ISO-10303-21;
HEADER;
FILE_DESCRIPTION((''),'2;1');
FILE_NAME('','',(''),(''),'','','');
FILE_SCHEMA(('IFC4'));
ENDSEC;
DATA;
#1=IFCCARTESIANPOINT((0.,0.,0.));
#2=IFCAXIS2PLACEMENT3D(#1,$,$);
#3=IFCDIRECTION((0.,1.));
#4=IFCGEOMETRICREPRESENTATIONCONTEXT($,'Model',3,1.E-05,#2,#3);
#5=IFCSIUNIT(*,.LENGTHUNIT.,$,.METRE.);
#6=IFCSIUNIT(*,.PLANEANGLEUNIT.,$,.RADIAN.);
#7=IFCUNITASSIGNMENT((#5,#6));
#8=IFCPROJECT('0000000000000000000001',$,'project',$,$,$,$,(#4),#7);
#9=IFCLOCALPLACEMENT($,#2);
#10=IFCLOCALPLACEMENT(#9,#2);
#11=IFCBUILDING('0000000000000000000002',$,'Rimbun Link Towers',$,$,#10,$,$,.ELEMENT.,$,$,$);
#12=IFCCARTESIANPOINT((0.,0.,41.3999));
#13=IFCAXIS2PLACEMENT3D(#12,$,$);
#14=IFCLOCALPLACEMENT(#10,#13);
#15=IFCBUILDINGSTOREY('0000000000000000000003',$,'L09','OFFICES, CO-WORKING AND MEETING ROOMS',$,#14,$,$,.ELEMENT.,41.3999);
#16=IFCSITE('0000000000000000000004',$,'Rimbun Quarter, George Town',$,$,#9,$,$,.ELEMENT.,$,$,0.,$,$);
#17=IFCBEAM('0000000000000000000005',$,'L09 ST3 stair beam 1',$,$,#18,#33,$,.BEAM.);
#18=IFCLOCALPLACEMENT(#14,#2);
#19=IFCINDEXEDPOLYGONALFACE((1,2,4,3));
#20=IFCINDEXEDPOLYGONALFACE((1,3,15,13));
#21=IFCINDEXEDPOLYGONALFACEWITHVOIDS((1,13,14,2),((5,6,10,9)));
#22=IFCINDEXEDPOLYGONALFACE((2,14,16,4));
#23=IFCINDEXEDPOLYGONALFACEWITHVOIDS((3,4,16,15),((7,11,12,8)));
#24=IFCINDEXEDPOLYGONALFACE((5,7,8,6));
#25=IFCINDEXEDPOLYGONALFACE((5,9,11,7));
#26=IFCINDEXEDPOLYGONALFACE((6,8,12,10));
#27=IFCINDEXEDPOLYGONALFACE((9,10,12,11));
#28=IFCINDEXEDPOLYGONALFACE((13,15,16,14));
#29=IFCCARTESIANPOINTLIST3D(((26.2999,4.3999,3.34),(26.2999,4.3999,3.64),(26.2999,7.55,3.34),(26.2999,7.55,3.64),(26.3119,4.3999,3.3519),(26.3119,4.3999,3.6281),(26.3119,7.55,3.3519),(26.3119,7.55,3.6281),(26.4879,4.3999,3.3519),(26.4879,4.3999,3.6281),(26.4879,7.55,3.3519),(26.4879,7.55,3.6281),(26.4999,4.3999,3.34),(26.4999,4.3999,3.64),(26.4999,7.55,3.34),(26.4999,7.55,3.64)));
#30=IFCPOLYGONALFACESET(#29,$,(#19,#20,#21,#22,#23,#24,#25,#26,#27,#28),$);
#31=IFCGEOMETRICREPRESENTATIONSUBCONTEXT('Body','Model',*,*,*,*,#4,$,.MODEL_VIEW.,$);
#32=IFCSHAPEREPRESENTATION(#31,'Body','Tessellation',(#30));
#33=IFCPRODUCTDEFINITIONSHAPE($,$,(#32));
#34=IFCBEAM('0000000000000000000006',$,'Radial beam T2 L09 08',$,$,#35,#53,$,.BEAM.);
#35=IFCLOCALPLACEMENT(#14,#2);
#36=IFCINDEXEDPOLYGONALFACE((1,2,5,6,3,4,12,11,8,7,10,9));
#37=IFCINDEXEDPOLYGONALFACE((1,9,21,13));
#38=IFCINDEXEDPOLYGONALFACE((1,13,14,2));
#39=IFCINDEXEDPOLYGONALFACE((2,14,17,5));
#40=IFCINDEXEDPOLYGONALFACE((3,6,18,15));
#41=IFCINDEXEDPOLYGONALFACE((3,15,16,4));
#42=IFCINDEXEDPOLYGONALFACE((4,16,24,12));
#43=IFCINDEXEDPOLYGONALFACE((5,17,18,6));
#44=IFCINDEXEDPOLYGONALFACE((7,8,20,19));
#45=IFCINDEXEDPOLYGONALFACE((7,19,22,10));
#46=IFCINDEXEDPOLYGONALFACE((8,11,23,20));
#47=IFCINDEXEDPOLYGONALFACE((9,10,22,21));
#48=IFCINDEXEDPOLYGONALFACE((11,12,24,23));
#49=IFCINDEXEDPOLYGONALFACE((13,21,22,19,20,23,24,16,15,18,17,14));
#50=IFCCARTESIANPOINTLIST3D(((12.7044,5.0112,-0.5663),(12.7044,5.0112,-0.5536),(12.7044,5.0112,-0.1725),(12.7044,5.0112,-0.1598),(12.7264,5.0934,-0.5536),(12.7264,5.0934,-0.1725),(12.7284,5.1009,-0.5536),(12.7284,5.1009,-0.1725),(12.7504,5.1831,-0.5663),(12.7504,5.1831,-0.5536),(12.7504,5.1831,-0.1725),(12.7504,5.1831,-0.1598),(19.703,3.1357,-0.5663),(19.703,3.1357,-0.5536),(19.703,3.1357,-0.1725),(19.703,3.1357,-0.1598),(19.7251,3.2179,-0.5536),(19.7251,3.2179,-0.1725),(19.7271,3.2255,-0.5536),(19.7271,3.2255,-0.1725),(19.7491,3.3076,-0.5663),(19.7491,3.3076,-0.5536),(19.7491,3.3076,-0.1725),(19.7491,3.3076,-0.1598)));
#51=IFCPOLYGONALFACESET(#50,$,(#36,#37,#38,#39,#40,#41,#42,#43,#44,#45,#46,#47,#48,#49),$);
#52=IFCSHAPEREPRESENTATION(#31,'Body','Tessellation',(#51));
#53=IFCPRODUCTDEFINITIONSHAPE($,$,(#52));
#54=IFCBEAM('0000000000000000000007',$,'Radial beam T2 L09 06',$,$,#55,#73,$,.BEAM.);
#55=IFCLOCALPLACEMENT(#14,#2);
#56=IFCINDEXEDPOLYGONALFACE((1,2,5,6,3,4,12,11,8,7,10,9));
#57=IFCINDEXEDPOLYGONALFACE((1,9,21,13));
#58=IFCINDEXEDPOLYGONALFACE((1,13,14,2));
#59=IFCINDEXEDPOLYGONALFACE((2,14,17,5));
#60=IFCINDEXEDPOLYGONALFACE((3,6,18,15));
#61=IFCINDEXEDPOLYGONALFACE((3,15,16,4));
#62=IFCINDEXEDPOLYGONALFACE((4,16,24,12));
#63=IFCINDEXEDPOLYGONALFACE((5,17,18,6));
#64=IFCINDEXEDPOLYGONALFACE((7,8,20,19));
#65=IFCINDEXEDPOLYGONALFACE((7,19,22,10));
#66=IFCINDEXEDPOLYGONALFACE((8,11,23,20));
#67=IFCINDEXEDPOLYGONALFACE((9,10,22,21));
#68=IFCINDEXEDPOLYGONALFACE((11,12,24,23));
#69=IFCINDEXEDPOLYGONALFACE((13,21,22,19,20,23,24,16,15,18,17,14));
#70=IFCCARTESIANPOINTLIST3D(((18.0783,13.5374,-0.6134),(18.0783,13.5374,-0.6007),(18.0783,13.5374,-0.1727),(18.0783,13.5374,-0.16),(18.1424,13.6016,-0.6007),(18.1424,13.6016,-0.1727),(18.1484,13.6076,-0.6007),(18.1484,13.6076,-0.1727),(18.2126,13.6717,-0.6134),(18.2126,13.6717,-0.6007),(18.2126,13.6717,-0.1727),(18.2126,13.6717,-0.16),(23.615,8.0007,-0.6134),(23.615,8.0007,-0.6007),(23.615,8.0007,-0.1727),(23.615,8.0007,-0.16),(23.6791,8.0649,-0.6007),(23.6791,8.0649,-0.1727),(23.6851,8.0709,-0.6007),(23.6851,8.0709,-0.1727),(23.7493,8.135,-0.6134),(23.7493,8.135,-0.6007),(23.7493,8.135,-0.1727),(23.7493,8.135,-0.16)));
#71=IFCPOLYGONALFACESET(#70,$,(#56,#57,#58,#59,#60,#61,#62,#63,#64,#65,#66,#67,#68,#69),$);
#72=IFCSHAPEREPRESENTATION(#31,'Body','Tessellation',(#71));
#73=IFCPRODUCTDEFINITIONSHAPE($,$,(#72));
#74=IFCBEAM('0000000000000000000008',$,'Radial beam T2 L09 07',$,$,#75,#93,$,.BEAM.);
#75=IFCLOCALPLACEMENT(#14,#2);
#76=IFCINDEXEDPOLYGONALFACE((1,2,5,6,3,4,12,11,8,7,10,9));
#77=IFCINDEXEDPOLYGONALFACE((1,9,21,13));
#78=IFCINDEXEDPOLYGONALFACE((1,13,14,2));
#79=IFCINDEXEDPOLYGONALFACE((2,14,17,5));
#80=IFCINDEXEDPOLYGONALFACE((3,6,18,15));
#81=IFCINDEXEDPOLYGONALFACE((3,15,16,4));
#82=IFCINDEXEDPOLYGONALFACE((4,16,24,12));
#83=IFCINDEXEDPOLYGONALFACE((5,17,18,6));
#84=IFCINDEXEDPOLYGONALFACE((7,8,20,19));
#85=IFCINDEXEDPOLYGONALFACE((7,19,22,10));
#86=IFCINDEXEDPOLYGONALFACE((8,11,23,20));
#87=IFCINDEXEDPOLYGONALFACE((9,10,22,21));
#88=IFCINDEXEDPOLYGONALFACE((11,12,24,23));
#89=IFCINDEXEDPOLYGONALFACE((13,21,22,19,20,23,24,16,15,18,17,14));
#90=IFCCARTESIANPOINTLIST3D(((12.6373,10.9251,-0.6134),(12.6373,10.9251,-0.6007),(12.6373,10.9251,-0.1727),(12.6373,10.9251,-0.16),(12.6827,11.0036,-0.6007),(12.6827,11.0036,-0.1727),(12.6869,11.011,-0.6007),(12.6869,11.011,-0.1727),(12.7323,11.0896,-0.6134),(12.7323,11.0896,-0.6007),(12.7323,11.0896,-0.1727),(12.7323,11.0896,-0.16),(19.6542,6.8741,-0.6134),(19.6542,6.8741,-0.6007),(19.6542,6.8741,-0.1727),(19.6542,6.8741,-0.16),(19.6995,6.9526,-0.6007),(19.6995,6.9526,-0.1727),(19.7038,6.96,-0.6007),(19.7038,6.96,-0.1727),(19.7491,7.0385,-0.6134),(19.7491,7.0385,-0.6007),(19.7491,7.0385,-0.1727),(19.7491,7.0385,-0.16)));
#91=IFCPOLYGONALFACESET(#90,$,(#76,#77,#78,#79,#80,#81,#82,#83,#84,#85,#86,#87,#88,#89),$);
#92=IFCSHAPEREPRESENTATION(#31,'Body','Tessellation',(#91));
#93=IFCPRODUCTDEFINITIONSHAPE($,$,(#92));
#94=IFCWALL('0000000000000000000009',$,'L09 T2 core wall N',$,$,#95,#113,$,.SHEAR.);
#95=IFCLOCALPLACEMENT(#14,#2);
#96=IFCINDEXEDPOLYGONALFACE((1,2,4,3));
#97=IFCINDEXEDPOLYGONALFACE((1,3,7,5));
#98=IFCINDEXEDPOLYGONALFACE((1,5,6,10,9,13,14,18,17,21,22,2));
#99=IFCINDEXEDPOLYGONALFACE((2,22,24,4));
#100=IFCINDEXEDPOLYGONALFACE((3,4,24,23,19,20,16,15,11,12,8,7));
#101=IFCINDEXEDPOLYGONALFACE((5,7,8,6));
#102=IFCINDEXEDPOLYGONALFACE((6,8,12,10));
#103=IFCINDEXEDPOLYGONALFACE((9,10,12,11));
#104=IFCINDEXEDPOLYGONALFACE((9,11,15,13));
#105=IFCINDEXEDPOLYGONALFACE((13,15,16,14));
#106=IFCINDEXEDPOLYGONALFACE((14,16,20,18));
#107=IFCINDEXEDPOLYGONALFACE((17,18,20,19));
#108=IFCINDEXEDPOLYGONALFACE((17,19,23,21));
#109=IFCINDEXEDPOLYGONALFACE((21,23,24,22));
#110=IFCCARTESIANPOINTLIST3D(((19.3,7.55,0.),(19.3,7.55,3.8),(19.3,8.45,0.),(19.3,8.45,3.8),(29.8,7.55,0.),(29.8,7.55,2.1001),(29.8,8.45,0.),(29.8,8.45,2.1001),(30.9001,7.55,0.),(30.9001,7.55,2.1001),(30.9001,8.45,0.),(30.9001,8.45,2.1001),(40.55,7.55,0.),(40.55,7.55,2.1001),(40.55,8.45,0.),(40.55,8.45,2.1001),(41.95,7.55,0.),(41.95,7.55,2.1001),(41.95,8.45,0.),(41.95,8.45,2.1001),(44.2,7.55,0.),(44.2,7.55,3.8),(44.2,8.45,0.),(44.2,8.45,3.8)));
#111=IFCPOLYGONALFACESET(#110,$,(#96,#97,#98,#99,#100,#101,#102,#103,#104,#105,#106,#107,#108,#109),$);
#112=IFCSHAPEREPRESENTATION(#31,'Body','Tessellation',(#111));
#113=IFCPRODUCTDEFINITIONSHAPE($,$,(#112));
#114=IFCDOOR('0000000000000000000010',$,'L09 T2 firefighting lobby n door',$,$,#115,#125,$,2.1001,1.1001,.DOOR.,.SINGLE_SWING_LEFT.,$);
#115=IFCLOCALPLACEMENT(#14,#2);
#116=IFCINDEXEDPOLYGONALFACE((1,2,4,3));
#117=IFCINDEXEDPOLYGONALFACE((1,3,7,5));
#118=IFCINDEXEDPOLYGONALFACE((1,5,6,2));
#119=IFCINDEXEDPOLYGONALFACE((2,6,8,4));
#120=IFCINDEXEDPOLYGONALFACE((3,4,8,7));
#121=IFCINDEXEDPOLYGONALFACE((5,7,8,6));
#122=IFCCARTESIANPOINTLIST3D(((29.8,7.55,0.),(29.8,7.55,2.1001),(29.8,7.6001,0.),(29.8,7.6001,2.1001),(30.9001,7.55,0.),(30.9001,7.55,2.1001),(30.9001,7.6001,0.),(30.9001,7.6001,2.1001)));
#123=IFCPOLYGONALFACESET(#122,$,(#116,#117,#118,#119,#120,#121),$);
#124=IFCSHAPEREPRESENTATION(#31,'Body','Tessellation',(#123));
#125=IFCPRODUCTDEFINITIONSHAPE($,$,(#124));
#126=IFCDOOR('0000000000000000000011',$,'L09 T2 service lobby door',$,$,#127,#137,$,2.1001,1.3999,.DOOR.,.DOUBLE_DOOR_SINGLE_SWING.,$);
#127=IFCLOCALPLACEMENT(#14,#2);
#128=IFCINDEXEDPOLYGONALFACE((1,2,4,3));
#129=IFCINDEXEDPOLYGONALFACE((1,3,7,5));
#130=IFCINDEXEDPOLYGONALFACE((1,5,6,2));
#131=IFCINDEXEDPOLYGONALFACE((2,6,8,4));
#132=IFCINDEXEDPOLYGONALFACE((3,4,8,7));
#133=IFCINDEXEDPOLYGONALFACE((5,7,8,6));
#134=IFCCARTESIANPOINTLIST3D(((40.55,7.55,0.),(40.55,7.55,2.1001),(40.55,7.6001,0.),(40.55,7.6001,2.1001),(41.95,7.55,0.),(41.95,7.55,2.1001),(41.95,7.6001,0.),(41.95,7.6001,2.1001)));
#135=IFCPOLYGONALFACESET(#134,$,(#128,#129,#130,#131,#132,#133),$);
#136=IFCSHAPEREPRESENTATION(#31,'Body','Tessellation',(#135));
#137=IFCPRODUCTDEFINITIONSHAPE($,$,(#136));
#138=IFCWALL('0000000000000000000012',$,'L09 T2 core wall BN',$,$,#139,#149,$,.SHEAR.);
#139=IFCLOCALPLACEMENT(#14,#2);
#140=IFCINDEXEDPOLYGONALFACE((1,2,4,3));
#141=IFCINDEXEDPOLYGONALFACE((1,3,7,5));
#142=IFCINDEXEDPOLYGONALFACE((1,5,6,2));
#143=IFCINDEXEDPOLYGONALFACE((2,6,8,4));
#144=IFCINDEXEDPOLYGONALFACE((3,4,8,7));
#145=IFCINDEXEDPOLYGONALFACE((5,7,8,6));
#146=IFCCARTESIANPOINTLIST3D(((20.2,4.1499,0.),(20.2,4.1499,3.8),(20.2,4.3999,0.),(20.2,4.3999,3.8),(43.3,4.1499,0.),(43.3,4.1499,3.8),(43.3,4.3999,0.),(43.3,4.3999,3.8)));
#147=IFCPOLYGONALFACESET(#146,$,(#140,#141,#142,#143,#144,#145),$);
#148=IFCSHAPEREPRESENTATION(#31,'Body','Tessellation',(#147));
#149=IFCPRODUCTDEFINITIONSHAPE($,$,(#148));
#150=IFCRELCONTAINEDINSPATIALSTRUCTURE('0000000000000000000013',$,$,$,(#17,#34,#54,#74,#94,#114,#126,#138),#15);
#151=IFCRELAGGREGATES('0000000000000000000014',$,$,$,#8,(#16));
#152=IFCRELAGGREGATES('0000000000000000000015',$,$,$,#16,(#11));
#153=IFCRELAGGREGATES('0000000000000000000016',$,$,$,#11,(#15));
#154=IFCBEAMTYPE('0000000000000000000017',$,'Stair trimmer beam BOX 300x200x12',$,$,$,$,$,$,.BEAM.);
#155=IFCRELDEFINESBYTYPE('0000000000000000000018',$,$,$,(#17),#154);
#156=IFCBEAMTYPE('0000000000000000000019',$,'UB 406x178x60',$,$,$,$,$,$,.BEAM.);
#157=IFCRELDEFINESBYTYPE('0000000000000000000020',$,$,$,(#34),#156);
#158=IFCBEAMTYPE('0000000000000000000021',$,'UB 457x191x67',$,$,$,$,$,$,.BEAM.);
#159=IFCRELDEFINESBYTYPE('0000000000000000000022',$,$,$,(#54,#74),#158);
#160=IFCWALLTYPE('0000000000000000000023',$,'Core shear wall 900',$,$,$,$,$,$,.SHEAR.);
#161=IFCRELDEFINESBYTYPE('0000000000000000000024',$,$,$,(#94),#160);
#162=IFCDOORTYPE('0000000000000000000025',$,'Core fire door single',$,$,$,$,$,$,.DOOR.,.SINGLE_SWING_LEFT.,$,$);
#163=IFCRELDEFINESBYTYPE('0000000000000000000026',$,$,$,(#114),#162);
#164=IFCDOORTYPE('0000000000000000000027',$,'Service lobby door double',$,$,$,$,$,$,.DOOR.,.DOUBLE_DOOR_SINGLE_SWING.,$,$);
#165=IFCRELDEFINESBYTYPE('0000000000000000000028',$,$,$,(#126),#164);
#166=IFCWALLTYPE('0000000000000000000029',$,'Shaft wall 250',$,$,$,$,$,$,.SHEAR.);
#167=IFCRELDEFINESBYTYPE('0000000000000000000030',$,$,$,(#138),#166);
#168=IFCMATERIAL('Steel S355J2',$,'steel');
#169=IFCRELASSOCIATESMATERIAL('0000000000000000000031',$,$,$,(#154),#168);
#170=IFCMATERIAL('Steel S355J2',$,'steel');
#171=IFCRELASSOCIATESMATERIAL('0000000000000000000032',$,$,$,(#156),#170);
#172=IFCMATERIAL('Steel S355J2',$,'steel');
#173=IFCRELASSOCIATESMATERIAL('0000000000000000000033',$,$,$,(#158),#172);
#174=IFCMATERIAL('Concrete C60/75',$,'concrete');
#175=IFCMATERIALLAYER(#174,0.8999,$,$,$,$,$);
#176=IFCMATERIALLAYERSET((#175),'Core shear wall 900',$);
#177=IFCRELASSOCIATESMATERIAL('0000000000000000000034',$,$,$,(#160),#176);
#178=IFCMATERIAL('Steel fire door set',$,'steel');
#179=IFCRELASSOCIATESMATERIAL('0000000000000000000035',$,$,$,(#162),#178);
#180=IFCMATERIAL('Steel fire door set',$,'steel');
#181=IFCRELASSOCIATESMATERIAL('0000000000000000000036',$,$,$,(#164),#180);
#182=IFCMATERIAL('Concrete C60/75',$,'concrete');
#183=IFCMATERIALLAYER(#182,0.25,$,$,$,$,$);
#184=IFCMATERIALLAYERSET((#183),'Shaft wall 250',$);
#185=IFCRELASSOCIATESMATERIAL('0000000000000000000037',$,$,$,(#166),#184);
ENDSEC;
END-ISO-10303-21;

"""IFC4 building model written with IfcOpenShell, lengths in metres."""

from ifc_helpers import new_model, si_unit, direction, frame, frame_2d, origin, origin_2d, place, context, subcontext, project, spatial, rectangle, hollow_rectangle, i_section, extrude, material, layer, layer_set, material_profile, profile_set, type_object, element, fill, save


model = new_model("IFC4")

# Units and contexts
model_context = context("Model", 3, precision=1e-05, world=origin(), true_north=direction((0.0, 1.0)))
body_context = subcontext(model_context, "Body", "Model", "MODEL_VIEW")
ifc_project = project(units=[si_unit("LENGTHUNIT", "METRE"), si_unit("PLANEANGLEUNIT", "RADIAN")], contexts=[model_context])

# Site, building, storey
site_placement = place(None, origin())
site = spatial("IfcSite", under=ifc_project, at=site_placement, Name="Rimbun Quarter, George Town", CompositionType="ELEMENT", RefElevation=0.0)
building_placement = place(site_placement, origin())
building = spatial("IfcBuilding", under=site, at=building_placement, Name="Rimbun Link Towers", CompositionType="ELEMENT")
storey_placement = place(building_placement, frame((0.0, 0.0, 41.3999)))
storey = spatial("IfcBuildingStorey", under=building, at=storey_placement, Name="L09", Description="OFFICES, CO-WORKING AND MEETING ROOMS", CompositionType="ELEMENT", Elevation=41.3999)

# Beams
ifc_material_1 = material(Name="Steel S355J2", Category="steel")
ifc_material_profile_1 = material_profile(ifc_material_1, hollow_rectangle(XDim=0.2, YDim=0.3, WallThickness=0.012, at=origin_2d()), Name="BOX 300x200x12")
ifc_profile_set_1 = profile_set([ifc_material_profile_1], Name="Steel S355J2")
beam_type_1 = type_object("IfcBeamType", Name="Stair trimmer beam BOX 300x200x12", PredefinedType="BEAM", material=ifc_profile_set_1)
beam_1_placement = place(storey_placement, frame((26.3999, 7.55, 3.49), z_axis=(0.0, -1.0, 0.0), x_axis=(1.0, 0.0, 0.0)))
element("IfcBeam", 1, at=beam_1_placement, inside=storey, type_object=beam_type_1, Name="L09 ST3 stair beam 1", PredefinedType="BEAM", context=body_context, shape_type="SweptSolid", body=[
    extrude(hollow_rectangle(XDim=0.2, YDim=0.3, WallThickness=0.012, at=origin_2d()), origin(), (0.0, 0.0, 1.0), 3.1501),
])
ifc_material_2 = material(Name="Steel S355J2", Category="steel")
ifc_material_profile_2 = material_profile(ifc_material_2, i_section(OverallWidth=0.178, OverallDepth=0.4065, WebThickness=0.0078, FlangeThickness=0.0127, at=origin_2d()), Name="UB 406x178x60")
ifc_profile_set_2 = profile_set([ifc_material_profile_2], Name="Steel S355J2")
beam_type_2 = type_object("IfcBeamType", Name="UB 406x178x60", PredefinedType="BEAM", material=ifc_profile_set_2)
beam_2_placement = place(storey_placement, frame((19.7261, 3.2217, -0.363), z_axis=(-0.96592, 0.258841, 0.0), x_axis=(-0.258841, -0.96592, 0.0)))
element("IfcBeam", 2, at=beam_2_placement, inside=storey, type_object=beam_type_2, Name="Radial beam T2 L09 08", PredefinedType="BEAM", context=body_context, shape_type="SweptSolid", body=[
    extrude(i_section(OverallWidth=0.178, OverallDepth=0.4065, WebThickness=0.0078, FlangeThickness=0.0127, at=origin_2d()), origin(), (0.0, 0.0, 1.0), 7.2456),
])
ifc_material_3 = material(Name="Steel S355J2", Category="steel")
ifc_material_profile_3 = material_profile(ifc_material_3, i_section(OverallWidth=0.1899, OverallDepth=0.4534, WebThickness=0.0085, FlangeThickness=0.0127, at=origin_2d()), Name="UB 457x191x67")
ifc_profile_set_3 = profile_set([ifc_material_profile_3], Name="Steel S355J2")
beam_type_3 = type_object("IfcBeamType", Name="UB 457x191x67", PredefinedType="BEAM", material=ifc_profile_set_3)
beam_3_placement = place(storey_placement, frame((23.6821, 8.0679, -0.3867), z_axis=(-0.707107, 0.707107, 0.0), x_axis=(-0.707107, -0.707107, 0.0)))
element("IfcBeam", 3, at=beam_3_placement, inside=storey, type_object=beam_type_3, Name="Radial beam T2 L09 06", PredefinedType="BEAM", context=body_context, shape_type="SweptSolid", body=[
    extrude(i_section(OverallWidth=0.1899, OverallDepth=0.4534, WebThickness=0.0085, FlangeThickness=0.0127, at=origin_2d()), origin(), (0.0, 0.0, 1.0), 7.8301),
])
beam_4_placement = place(storey_placement, frame((19.7017, 6.9563, -0.3867), z_axis=(-0.866034, 0.499986, 0.0), x_axis=(-0.499986, -0.866034, 0.0)))
element("IfcBeam", 4, at=beam_4_placement, inside=storey, type_object=beam_type_3, Name="Radial beam T2 L09 07", PredefinedType="BEAM", context=body_context, shape_type="SweptSolid", body=[
    extrude(i_section(OverallWidth=0.1899, OverallDepth=0.4534, WebThickness=0.0085, FlangeThickness=0.0127, at=origin_2d()), origin(), (0.0, 0.0, 1.0), 8.1023),
])

# Wall, openings, doors
ifc_material_4 = material(Name="Concrete C60/75", Category="concrete")
ifc_layer_1 = layer(ifc_material_4, 0.8999)
ifc_layer_set_1 = layer_set([ifc_layer_1], Name="Core shear wall 900")
wall_type_1 = type_object("IfcWallType", Name="Core shear wall 900", PredefinedType="SHEAR", material=ifc_layer_set_1)
wall_1_placement = place(storey_placement, frame((19.3, 8.0, 0.0), z_axis=(0.0, 0.0, 1.0), x_axis=(1.0, 0.0, 0.0)))
wall_1 = element("IfcWall", 5, at=wall_1_placement, inside=storey, type_object=wall_type_1, Name="L09 T2 core wall N", PredefinedType="SHEAR", context=body_context, shape_type="SweptSolid", body=[
    extrude(rectangle(XDim=24.8999, YDim=0.8999, at=frame_2d((12.45, 0.0))), origin(), (0.0, 0.0, 1.0), 3.8),
])
opening_1_placement = place(wall_1_placement, frame((10.5, 0.0, 0.0)))
opening_1 = element("IfcOpeningElement", 6, at=opening_1_placement, cuts=wall_1, PredefinedType="OPENING", context=body_context, shape_type="SweptSolid", body=[
    extrude(rectangle(XDim=1.1001, YDim=2.1001, at=frame_2d((0.55, 1.05))), frame((0.0, 0.46, 0.0), z_axis=(0.0, -1.0, 0.0), x_axis=(1.0, 0.0, 0.0)), (0.0, 0.0, 1.0), 0.9199),
])
opening_2_placement = place(wall_1_placement, frame((21.25, 0.0, 0.0)))
opening_2 = element("IfcOpeningElement", 7, at=opening_2_placement, cuts=wall_1, PredefinedType="OPENING", context=body_context, shape_type="SweptSolid", body=[
    extrude(rectangle(XDim=1.3999, YDim=2.1001, at=frame_2d((0.7, 1.05))), frame((0.0, 0.46, 0.0), z_axis=(0.0, -1.0, 0.0), x_axis=(1.0, 0.0, 0.0)), (0.0, 0.0, 1.0), 0.9199),
])
ifc_material_5 = material(Name="Steel fire door set", Category="steel")
door_type_1 = type_object("IfcDoorType", Name="Core fire door single", OperationType="SINGLE_SWING_LEFT", PredefinedType="DOOR", material=ifc_material_5)
door_1_placement = place(opening_1_placement, origin())
door_1 = element("IfcDoor", 8, at=door_1_placement, inside=storey, type_object=door_type_1, Name="L09 T2 firefighting lobby n door", OperationType="SINGLE_SWING_LEFT", OverallHeight=2.1001, OverallWidth=1.1001, PredefinedType="DOOR", context=body_context, shape_type="SweptSolid", body=[
    extrude(rectangle(XDim=1.1001, YDim=2.1001, at=frame_2d((0.55, 1.05))), frame((0.0, -0.3999, 0.0), z_axis=(0.0, -1.0, 0.0), x_axis=(1.0, 0.0, 0.0)), (0.0, 0.0, 1.0), 0.05),
])
fill(opening_1, door_1)
ifc_material_6 = material(Name="Steel fire door set", Category="steel")
door_type_2 = type_object("IfcDoorType", Name="Service lobby door double", OperationType="DOUBLE_DOOR_SINGLE_SWING", PredefinedType="DOOR", material=ifc_material_6)
door_2_placement = place(opening_2_placement, origin())
door_2 = element("IfcDoor", 9, at=door_2_placement, inside=storey, type_object=door_type_2, Name="L09 T2 service lobby door", OperationType="DOUBLE_DOOR_SINGLE_SWING", OverallHeight=2.1001, OverallWidth=1.3999, PredefinedType="DOOR", context=body_context, shape_type="SweptSolid", body=[
    extrude(rectangle(XDim=1.3999, YDim=2.1001, at=frame_2d((0.7, 1.05))), frame((0.0, -0.3999, 0.0), z_axis=(0.0, -1.0, 0.0), x_axis=(1.0, 0.0, 0.0)), (0.0, 0.0, 1.0), 0.05),
])
fill(opening_2, door_2)

# Wall
ifc_material_7 = material(Name="Concrete C60/75", Category="concrete")
ifc_layer_2 = layer(ifc_material_7, 0.25)
ifc_layer_set_2 = layer_set([ifc_layer_2], Name="Shaft wall 250")
wall_type_2 = type_object("IfcWallType", Name="Shaft wall 250", PredefinedType="SHEAR", material=ifc_layer_set_2)
wall_2_placement = place(storey_placement, frame((20.2, 4.2749, 0.0), z_axis=(0.0, 0.0, 1.0), x_axis=(1.0, 0.0, 0.0)))
element("IfcWall", 10, at=wall_2_placement, inside=storey, type_object=wall_type_2, Name="L09 T2 core wall BN", PredefinedType="SHEAR", context=body_context, shape_type="SweptSolid", body=[
    extrude(rectangle(XDim=23.1001, YDim=0.25, at=frame_2d((11.55, 0.0))), origin(), (0.0, 0.0, 1.0), 3.8),
])

save(model, "model.ifc")
